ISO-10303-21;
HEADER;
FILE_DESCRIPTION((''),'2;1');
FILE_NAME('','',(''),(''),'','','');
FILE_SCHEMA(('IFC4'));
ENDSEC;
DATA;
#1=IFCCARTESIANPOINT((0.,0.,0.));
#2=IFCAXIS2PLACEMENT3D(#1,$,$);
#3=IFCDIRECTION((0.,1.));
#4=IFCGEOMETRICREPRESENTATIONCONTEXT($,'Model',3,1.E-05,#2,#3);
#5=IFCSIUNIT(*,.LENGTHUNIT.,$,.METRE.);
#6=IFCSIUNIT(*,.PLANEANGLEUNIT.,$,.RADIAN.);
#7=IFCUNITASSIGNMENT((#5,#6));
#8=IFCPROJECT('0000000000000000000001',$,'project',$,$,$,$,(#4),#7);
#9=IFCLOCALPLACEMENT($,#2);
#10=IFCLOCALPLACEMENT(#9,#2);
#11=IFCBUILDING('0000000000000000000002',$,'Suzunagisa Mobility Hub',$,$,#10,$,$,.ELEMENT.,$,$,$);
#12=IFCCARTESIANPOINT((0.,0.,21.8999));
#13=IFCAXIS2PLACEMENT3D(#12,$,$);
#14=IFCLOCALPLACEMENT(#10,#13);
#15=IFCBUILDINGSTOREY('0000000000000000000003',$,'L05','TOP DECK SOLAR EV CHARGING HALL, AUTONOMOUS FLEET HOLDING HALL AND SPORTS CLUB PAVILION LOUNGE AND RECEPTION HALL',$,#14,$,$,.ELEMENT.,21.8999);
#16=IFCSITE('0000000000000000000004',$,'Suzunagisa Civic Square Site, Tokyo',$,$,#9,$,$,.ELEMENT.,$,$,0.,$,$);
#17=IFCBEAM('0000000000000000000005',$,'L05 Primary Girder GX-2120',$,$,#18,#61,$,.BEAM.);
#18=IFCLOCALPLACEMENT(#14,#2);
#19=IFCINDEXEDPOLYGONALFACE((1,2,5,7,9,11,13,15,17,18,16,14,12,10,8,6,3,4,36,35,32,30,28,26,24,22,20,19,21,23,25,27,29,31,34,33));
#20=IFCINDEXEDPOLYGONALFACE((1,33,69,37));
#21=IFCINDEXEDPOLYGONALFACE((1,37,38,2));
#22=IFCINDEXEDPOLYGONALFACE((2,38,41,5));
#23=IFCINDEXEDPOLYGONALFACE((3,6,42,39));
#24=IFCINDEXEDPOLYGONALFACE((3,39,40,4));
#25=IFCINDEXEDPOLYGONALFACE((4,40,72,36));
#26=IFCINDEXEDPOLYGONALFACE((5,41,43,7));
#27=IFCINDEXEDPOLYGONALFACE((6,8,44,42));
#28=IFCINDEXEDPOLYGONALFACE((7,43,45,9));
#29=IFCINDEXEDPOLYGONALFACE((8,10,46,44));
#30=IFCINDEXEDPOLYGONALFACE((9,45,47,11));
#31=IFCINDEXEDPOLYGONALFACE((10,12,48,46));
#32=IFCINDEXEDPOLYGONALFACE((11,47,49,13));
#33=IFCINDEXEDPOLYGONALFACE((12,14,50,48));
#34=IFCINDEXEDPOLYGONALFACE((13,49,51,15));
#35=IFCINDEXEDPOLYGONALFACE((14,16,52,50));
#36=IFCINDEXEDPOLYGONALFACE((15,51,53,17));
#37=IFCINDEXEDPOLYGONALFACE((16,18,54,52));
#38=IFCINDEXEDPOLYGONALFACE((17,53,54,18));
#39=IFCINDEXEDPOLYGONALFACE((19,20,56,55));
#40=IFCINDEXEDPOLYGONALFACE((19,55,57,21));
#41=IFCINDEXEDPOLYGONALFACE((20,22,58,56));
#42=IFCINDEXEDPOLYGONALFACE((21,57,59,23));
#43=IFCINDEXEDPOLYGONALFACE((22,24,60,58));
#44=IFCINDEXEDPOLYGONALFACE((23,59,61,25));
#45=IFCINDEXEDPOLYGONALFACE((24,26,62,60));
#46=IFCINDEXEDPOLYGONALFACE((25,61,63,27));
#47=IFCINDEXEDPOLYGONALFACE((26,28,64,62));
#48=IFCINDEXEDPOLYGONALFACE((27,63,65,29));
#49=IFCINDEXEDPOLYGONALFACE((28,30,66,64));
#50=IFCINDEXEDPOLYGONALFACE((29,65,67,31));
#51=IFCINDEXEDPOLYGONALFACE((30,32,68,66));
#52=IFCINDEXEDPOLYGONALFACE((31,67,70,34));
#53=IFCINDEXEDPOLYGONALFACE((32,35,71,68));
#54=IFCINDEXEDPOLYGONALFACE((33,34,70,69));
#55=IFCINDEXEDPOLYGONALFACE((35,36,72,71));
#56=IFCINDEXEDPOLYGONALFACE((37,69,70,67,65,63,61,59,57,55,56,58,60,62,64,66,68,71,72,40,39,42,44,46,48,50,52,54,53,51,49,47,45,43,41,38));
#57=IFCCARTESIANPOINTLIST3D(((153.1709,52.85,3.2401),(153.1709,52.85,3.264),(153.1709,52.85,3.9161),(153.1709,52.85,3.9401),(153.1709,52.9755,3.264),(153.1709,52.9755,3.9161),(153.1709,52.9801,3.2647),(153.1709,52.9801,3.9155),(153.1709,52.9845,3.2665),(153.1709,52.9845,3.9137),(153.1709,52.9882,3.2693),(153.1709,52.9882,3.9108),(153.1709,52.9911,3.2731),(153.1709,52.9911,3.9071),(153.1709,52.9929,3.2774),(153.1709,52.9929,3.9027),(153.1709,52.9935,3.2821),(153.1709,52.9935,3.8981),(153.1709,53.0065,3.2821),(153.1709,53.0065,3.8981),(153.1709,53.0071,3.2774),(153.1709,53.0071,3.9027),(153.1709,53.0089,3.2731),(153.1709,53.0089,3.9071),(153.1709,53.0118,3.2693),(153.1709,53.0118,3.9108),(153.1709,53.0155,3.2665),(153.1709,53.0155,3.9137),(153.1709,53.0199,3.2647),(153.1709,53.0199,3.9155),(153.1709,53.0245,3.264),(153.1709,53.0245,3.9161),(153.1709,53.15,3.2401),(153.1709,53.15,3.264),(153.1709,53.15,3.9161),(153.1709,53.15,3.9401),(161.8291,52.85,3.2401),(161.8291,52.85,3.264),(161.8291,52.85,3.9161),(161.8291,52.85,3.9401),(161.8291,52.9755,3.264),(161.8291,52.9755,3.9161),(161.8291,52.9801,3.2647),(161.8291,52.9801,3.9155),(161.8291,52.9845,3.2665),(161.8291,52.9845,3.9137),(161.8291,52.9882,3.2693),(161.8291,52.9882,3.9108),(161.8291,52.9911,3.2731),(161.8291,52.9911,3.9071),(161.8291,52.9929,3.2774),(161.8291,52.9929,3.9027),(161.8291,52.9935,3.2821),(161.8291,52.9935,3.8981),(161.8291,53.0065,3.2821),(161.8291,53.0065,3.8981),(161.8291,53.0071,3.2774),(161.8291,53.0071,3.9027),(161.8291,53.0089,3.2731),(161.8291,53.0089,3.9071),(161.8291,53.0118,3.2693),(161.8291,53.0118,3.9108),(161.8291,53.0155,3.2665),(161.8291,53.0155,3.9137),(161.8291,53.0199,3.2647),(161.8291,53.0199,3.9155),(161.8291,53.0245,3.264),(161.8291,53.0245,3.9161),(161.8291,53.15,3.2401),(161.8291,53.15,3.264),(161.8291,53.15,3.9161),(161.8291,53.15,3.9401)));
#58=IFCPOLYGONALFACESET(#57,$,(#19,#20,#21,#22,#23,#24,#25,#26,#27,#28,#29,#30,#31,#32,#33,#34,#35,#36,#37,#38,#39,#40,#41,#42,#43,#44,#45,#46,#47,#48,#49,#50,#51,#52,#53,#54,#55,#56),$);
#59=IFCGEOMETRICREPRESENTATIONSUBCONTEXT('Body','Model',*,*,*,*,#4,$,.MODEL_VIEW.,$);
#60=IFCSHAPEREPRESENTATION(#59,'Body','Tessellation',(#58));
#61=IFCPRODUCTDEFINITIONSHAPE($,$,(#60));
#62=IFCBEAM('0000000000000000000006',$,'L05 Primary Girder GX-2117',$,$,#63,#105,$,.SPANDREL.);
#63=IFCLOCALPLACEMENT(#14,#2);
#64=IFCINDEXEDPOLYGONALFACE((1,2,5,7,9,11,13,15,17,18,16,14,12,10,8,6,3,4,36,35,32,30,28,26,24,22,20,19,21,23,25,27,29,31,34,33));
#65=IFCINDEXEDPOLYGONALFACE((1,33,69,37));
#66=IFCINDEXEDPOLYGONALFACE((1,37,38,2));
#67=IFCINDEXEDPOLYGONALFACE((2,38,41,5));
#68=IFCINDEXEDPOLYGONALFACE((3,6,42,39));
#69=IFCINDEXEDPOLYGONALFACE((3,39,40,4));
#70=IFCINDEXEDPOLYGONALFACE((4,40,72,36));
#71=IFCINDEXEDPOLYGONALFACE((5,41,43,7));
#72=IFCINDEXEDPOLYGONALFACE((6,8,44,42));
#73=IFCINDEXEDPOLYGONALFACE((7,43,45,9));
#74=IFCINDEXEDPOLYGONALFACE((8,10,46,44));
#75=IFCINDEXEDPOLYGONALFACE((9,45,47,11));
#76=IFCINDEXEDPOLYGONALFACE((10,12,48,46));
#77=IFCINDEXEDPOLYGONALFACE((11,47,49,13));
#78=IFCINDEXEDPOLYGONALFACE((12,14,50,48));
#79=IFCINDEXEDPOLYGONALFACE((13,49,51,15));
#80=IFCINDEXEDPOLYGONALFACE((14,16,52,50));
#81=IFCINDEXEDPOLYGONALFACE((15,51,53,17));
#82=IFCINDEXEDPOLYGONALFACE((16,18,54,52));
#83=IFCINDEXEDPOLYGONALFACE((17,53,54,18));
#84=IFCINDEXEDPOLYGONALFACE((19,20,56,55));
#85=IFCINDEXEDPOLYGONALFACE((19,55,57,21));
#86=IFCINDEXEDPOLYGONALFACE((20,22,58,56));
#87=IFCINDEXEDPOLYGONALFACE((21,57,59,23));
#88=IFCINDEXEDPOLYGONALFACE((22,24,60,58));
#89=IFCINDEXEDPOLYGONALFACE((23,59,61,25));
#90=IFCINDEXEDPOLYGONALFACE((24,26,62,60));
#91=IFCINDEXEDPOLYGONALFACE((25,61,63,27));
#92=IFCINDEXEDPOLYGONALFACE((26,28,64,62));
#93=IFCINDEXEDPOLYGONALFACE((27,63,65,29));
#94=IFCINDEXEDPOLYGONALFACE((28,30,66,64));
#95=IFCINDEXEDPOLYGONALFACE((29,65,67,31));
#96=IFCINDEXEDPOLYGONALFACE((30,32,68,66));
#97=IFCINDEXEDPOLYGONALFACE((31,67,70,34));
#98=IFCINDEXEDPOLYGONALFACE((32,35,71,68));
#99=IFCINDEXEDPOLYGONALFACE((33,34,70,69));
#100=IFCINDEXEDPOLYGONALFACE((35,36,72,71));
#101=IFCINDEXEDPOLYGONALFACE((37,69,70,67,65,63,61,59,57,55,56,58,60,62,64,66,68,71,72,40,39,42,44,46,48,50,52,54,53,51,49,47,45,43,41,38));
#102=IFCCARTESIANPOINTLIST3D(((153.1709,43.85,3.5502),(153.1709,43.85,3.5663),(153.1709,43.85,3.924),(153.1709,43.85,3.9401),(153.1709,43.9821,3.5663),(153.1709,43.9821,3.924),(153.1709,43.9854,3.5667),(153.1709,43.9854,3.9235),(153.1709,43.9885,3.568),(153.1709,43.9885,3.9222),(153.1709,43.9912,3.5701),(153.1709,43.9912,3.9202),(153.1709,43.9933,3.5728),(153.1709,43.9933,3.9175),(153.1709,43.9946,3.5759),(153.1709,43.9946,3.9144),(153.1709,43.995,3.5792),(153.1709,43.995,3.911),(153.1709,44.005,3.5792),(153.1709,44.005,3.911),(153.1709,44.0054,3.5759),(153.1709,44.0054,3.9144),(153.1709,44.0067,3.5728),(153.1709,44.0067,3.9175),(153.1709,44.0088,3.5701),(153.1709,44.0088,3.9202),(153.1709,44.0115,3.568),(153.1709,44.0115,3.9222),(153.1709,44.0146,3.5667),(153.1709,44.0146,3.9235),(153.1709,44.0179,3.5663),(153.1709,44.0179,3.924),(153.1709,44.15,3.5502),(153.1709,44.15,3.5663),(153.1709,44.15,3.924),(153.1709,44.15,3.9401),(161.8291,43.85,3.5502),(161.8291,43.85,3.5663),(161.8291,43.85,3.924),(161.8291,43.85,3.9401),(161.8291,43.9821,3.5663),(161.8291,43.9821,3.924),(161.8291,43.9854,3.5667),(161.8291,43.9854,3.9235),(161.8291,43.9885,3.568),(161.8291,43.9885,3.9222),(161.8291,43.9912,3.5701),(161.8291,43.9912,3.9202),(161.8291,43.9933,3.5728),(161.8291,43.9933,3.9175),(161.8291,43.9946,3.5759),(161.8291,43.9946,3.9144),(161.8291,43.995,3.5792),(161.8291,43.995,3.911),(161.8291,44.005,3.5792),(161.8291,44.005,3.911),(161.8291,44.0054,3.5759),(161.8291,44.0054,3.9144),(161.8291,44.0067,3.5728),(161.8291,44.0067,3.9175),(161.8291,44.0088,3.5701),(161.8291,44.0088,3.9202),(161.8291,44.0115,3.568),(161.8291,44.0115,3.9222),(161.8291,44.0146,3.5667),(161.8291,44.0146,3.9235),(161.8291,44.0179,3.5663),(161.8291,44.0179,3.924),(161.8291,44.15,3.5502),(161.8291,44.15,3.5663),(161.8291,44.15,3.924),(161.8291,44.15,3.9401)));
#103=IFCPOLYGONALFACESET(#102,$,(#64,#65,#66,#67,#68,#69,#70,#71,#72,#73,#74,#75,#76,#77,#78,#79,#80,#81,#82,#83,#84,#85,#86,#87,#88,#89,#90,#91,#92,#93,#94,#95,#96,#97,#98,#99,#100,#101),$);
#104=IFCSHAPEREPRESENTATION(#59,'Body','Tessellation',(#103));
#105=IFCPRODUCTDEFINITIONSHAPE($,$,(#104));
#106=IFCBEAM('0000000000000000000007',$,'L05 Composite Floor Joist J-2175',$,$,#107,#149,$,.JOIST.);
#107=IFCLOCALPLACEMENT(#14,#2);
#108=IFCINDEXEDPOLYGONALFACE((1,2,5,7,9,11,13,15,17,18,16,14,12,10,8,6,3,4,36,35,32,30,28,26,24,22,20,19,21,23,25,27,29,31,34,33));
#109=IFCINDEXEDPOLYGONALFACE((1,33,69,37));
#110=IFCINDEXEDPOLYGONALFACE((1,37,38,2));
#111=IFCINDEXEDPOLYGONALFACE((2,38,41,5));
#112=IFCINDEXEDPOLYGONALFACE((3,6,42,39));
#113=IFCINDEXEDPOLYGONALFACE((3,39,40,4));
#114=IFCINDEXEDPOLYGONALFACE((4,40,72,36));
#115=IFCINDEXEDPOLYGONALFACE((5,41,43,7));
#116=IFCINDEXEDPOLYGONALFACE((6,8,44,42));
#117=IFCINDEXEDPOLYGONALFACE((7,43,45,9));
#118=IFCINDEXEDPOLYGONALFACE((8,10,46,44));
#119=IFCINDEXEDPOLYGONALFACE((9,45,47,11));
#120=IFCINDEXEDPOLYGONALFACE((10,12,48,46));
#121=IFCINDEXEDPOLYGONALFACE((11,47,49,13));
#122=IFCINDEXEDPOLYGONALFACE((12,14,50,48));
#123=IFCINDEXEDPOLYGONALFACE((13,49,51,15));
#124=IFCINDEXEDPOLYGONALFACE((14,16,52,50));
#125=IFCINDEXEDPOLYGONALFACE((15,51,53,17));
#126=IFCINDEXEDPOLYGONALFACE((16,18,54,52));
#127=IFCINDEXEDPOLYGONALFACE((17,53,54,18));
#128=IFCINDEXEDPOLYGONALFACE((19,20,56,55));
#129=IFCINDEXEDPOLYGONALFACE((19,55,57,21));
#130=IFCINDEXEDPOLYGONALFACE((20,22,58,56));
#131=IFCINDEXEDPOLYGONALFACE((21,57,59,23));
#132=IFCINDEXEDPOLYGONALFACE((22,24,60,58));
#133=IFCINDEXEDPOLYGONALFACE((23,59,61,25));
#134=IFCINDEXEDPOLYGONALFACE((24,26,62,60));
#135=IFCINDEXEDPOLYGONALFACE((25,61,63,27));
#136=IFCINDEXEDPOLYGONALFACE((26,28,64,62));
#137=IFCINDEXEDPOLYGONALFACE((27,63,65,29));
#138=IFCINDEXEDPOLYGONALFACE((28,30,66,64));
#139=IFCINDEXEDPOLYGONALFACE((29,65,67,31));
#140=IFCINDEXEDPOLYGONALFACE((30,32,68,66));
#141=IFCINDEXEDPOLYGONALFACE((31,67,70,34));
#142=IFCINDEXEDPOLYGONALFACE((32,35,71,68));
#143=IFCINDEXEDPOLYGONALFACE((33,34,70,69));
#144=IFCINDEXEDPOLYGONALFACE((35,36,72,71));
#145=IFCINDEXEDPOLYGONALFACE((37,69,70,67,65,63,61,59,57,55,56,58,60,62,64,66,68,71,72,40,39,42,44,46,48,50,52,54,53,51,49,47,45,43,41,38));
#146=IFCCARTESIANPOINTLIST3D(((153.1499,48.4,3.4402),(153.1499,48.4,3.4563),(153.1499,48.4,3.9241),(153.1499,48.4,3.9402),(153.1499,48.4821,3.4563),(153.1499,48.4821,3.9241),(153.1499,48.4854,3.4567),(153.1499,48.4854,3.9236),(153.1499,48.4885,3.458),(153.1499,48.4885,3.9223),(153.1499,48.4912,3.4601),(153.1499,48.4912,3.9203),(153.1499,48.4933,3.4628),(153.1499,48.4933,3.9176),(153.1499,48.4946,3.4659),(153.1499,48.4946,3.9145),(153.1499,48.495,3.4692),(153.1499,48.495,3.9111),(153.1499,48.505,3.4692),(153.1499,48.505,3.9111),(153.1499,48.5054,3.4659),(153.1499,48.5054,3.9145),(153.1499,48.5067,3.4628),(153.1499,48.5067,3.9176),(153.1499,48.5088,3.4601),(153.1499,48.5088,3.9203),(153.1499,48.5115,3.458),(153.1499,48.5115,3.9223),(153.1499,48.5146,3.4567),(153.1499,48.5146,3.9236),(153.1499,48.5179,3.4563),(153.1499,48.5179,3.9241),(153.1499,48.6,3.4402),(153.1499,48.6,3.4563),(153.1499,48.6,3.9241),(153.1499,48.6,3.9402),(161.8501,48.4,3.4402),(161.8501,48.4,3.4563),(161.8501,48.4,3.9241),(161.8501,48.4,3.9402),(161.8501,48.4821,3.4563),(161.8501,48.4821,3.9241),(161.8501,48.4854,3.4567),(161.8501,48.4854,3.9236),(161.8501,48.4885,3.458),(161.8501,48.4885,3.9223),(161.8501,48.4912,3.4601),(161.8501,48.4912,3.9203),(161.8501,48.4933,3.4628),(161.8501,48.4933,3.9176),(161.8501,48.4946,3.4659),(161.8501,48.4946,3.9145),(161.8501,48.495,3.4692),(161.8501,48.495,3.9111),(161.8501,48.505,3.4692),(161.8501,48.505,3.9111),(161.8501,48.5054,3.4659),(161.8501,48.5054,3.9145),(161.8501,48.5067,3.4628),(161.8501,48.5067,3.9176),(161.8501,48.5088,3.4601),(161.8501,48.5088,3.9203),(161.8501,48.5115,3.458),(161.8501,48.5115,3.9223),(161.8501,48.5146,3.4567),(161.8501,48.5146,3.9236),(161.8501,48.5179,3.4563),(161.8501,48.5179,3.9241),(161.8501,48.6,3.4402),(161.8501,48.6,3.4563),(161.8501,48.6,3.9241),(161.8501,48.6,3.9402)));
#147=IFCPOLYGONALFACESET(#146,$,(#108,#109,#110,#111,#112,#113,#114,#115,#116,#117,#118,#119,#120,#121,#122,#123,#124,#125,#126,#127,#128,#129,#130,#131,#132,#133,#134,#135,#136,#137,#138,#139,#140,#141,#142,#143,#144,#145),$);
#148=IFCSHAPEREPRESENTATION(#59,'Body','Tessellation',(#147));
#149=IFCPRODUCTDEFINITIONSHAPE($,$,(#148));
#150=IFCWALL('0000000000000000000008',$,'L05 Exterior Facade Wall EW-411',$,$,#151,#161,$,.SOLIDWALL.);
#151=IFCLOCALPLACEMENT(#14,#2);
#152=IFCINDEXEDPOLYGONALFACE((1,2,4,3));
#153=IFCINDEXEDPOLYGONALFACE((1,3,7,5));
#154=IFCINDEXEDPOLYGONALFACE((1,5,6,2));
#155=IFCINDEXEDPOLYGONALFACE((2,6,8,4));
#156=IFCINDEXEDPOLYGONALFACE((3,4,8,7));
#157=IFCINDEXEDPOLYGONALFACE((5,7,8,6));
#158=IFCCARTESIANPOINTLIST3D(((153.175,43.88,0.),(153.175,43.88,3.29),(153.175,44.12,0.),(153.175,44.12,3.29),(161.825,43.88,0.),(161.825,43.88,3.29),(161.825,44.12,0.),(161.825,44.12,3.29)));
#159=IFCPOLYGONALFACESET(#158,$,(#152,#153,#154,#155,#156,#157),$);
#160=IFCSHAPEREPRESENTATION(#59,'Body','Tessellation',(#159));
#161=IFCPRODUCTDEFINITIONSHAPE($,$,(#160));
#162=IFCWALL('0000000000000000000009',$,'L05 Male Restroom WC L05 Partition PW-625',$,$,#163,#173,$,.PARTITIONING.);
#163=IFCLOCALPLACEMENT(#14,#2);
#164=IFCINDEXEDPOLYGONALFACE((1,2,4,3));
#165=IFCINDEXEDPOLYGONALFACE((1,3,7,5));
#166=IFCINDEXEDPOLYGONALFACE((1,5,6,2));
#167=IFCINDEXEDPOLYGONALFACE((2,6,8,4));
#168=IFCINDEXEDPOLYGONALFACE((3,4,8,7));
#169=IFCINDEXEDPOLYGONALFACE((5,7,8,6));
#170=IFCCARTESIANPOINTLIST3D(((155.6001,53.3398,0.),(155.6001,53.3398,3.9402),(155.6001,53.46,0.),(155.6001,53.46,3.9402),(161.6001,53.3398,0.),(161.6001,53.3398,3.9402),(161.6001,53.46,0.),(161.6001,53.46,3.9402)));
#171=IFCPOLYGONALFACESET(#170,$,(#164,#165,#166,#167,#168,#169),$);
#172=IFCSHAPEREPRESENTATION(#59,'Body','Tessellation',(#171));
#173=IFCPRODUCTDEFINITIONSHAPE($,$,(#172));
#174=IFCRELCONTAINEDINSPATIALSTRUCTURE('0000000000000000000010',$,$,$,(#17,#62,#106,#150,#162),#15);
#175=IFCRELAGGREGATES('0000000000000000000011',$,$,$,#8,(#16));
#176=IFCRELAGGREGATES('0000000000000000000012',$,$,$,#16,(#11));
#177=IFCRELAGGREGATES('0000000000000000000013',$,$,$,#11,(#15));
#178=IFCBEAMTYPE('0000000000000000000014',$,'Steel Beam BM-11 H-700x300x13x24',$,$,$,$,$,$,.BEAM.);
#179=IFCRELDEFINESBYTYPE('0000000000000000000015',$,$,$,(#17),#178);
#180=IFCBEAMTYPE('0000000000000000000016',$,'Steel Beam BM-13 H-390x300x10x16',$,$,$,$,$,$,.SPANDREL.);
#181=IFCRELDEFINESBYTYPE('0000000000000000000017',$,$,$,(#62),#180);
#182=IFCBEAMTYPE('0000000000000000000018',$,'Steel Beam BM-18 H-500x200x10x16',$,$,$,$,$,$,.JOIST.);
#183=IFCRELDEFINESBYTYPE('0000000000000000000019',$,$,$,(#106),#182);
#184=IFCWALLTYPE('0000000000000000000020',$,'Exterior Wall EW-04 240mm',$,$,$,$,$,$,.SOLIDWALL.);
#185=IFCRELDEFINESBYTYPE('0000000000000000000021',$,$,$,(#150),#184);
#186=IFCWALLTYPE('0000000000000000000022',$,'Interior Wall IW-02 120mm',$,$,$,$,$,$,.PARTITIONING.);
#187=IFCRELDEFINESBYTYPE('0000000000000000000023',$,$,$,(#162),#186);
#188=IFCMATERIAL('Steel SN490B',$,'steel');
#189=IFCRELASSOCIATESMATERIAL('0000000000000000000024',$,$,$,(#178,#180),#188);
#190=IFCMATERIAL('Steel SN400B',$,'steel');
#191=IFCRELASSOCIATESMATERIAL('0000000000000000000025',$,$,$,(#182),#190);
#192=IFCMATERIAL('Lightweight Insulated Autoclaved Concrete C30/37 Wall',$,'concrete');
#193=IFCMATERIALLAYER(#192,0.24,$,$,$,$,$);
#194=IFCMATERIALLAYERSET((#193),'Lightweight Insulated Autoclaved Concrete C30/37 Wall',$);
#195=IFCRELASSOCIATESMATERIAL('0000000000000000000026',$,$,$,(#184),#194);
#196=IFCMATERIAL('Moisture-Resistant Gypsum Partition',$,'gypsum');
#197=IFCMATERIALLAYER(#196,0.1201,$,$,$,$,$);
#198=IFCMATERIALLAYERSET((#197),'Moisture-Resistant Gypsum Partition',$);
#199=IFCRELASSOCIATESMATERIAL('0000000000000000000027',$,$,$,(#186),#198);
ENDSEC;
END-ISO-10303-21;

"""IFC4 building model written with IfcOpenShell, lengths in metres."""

from ifc_helpers import new_model, si_unit, direction, frame, frame_2d, origin, origin_2d, place, context, subcontext, project, spatial, rectangle, i_section, extrude, material, layer, layer_set, material_profile, profile_set, type_object, element, save


model = new_model("IFC4")

# Units and contexts
model_context = context("Model", 3, precision=1e-05, world=origin(), true_north=direction((0.0, 1.0)))
body_context = subcontext(model_context, "Body", "Model", "MODEL_VIEW")
ifc_project = project(units=[si_unit("LENGTHUNIT", "METRE"), si_unit("PLANEANGLEUNIT", "RADIAN")], contexts=[model_context])

# Site, building, storey
site_placement = place(None, origin())
site = spatial("IfcSite", under=ifc_project, at=site_placement, Name="Suzunagisa Civic Square Site, Tokyo", CompositionType="ELEMENT", RefElevation=0.0)
building_placement = place(site_placement, origin())
building = spatial("IfcBuilding", under=site, at=building_placement, Name="Suzunagisa Mobility Hub", CompositionType="ELEMENT")
storey_placement = place(building_placement, frame((0.0, 0.0, 21.8999)))
storey = spatial("IfcBuildingStorey", under=building, at=storey_placement, Name="L05", Description="TOP DECK SOLAR EV CHARGING HALL, AUTONOMOUS FLEET HOLDING HALL AND SPORTS CLUB PAVILION LOUNGE AND RECEPTION HALL", CompositionType="ELEMENT", Elevation=21.8999)

# Shared definitions
ifc_material_1 = material(Name="Steel SN490B", Category="steel")

# Beams
ifc_material_profile_1 = material_profile(ifc_material_1, i_section(OverallWidth=0.3, OverallDepth=0.7, WebThickness=0.0129, FlangeThickness=0.0239, FilletRadius=0.0181, at=origin_2d()), Name="H-700x300x13x24")
ifc_profile_set_1 = profile_set([ifc_material_profile_1], Name="Steel SN490B")
beam_type_1 = type_object("IfcBeamType", Name="Steel Beam BM-11 H-700x300x13x24", PredefinedType="BEAM", material=ifc_profile_set_1)
beam_1_placement = place(storey_placement, frame((153.1709, 53.0, 3.5901), z_axis=(1.0, 0.0, 0.0), x_axis=(0.0, 1.0, 0.0)))
element("IfcBeam", 1, at=beam_1_placement, inside=storey, type_object=beam_type_1, Name="L05 Primary Girder GX-2120", PredefinedType="BEAM", context=body_context, shape_type="SweptSolid", body=[
    extrude(i_section(OverallWidth=0.3, OverallDepth=0.7, WebThickness=0.0129, FlangeThickness=0.0239, FilletRadius=0.0181, at=origin_2d()), origin(), (0.0, 0.0, 1.0), 8.6582),
])
ifc_material_profile_2 = material_profile(ifc_material_1, i_section(OverallWidth=0.3, OverallDepth=0.3899, WebThickness=0.01, FlangeThickness=0.0161, FilletRadius=0.0129, at=origin_2d()), Name="H-390x300x10x16")
ifc_profile_set_2 = profile_set([ifc_material_profile_2], Name="Steel SN490B")
beam_type_2 = type_object("IfcBeamType", Name="Steel Beam BM-13 H-390x300x10x16", PredefinedType="SPANDREL", material=ifc_profile_set_2)
beam_2_placement = place(storey_placement, frame((153.1709, 44.0, 3.7451), z_axis=(1.0, 0.0, 0.0), x_axis=(0.0, 1.0, 0.0)))
element("IfcBeam", 2, at=beam_2_placement, inside=storey, type_object=beam_type_2, Name="L05 Primary Girder GX-2117", PredefinedType="SPANDREL", context=body_context, shape_type="SweptSolid", body=[
    extrude(i_section(OverallWidth=0.3, OverallDepth=0.3899, WebThickness=0.01, FlangeThickness=0.0161, FilletRadius=0.0129, at=origin_2d()), origin(), (0.0, 0.0, 1.0), 8.6582),
])
ifc_material_2 = material(Name="Steel SN400B", Category="steel")
ifc_material_profile_3 = material_profile(ifc_material_2, i_section(OverallWidth=0.2, OverallDepth=0.5, WebThickness=0.01, FlangeThickness=0.0161, FilletRadius=0.0129, at=origin_2d()), Name="H-500x200x10x16")
ifc_profile_set_3 = profile_set([ifc_material_profile_3], Name="Steel SN400B")
beam_type_3 = type_object("IfcBeamType", Name="Steel Beam BM-18 H-500x200x10x16", PredefinedType="JOIST", material=ifc_profile_set_3)
beam_3_placement = place(storey_placement, frame((153.1499, 48.5, 3.6902), z_axis=(1.0, 0.0, 0.0), x_axis=(0.0, 1.0, 0.0)))
element("IfcBeam", 3, at=beam_3_placement, inside=storey, type_object=beam_type_3, Name="L05 Composite Floor Joist J-2175", PredefinedType="JOIST", context=body_context, shape_type="SweptSolid", body=[
    extrude(i_section(OverallWidth=0.2, OverallDepth=0.5, WebThickness=0.01, FlangeThickness=0.0161, FilletRadius=0.0129, at=origin_2d()), origin(), (0.0, 0.0, 1.0), 8.7002),
])

# Wall
ifc_material_3 = material(Name="Lightweight Insulated Autoclaved Concrete C30/37 Wall", Category="concrete")
ifc_layer_1 = layer(ifc_material_3, 0.24)
ifc_layer_set_1 = layer_set([ifc_layer_1], Name="Lightweight Insulated Autoclaved Concrete C30/37 Wall")
wall_type_1 = type_object("IfcWallType", Name="Exterior Wall EW-04 240mm", PredefinedType="SOLIDWALL", material=ifc_layer_set_1)
wall_1_placement = place(storey_placement, frame((153.175, 44.0, 0.0), z_axis=(0.0, 0.0, 1.0), x_axis=(1.0, 0.0, 0.0)))
element("IfcWall", 4, at=wall_1_placement, inside=storey, type_object=wall_type_1, Name="L05 Exterior Facade Wall EW-411", PredefinedType="SOLIDWALL", context=body_context, shape_type="SweptSolid", body=[
    extrude(rectangle(XDim=8.6499, YDim=0.24, at=frame_2d((4.325, 0.0))), origin(), (0.0, 0.0, 1.0), 3.29),
])

# Wall
ifc_material_4 = material(Name="Moisture-Resistant Gypsum Partition", Category="gypsum")
ifc_layer_2 = layer(ifc_material_4, 0.1201)
ifc_layer_set_2 = layer_set([ifc_layer_2], Name="Moisture-Resistant Gypsum Partition")
wall_type_2 = type_object("IfcWallType", Name="Interior Wall IW-02 120mm", PredefinedType="PARTITIONING", material=ifc_layer_set_2)
wall_2_placement = place(storey_placement, frame((155.6001, 53.3999, 0.0), z_axis=(0.0, 0.0, 1.0), x_axis=(1.0, 0.0, 0.0)))
element("IfcWall", 5, at=wall_2_placement, inside=storey, type_object=wall_type_2, Name="L05 Male Restroom WC L05 Partition PW-625", PredefinedType="PARTITIONING", context=body_context, shape_type="SweptSolid", body=[
    extrude(rectangle(XDim=6.0, YDim=0.1201, at=frame_2d((3.0, 0.0))), origin(), (0.0, 0.0, 1.0), 3.9402),
])

save(model, "model.ifc")
